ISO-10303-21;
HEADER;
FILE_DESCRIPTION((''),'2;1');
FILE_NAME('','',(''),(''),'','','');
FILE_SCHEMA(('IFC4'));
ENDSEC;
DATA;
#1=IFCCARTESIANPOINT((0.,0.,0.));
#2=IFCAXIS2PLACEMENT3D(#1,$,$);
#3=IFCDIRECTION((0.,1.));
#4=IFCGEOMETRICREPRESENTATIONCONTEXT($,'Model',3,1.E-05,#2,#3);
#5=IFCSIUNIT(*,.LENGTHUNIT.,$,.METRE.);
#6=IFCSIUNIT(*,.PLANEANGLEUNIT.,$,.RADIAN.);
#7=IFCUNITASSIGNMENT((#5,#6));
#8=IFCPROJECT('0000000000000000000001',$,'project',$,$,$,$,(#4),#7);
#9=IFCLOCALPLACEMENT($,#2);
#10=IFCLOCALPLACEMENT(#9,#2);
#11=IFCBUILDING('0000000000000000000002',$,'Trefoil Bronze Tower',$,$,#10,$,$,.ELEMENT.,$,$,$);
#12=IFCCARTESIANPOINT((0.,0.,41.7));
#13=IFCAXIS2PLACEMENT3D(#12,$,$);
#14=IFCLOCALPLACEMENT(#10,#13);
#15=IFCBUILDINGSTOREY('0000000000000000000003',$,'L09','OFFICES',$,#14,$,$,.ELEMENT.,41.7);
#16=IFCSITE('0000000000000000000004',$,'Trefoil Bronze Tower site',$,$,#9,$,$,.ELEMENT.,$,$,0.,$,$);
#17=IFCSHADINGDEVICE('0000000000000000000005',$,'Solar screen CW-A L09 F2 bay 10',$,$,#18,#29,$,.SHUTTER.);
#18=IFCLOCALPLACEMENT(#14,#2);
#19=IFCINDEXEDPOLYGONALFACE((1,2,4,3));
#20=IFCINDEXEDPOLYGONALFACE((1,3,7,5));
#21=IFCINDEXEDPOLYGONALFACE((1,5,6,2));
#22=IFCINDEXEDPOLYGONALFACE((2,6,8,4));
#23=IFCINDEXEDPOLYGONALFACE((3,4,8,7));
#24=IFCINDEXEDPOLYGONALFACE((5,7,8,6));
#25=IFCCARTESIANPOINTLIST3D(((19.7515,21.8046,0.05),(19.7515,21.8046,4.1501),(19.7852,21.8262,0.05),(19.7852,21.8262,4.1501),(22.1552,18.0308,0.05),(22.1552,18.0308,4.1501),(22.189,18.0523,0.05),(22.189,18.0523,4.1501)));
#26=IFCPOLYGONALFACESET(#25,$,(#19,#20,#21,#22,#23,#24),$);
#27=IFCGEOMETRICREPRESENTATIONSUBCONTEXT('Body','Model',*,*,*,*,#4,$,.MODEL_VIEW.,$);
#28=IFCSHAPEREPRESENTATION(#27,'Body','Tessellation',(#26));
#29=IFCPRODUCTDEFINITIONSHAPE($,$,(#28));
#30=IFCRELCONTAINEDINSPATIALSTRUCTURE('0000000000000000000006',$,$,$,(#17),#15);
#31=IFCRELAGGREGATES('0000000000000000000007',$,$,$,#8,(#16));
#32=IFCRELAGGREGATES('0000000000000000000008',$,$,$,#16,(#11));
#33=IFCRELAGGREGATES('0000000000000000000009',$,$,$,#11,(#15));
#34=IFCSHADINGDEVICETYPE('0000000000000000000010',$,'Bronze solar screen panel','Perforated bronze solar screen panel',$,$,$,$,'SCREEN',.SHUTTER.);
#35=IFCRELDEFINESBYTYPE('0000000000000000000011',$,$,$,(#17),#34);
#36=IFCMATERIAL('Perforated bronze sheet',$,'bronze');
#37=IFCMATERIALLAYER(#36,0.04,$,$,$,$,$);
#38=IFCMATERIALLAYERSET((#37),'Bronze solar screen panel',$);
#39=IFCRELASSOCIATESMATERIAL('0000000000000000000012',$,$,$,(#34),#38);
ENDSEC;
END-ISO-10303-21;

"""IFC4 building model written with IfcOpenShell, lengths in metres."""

from ifc_helpers import new_model, si_unit, direction, frame, origin, origin_2d, place, context, subcontext, project, spatial, rectangle, extrude, material, layer, layer_set, type_object, element, save


model = new_model("IFC4")

# Units and contexts
model_context = context("Model", 3, precision=1e-05, world=origin(), true_north=direction((0.0, 1.0)))
body_context = subcontext(model_context, "Body", "Model", "MODEL_VIEW")
ifc_project = project(units=[si_unit("LENGTHUNIT", "METRE"), si_unit("PLANEANGLEUNIT", "RADIAN")], contexts=[model_context])

# Site, building, storey
site_placement = place(None, origin())
site = spatial("IfcSite", under=ifc_project, at=site_placement, Name="Trefoil Bronze Tower site", CompositionType="ELEMENT", RefElevation=0.0)
building_placement = place(site_placement, origin())
building = spatial("IfcBuilding", under=site, at=building_placement, Name="Trefoil Bronze Tower", CompositionType="ELEMENT")
storey_placement = place(building_placement, frame((0.0, 0.0, 41.7)))
storey = spatial("IfcBuildingStorey", under=building, at=storey_placement, Name="L09", Description="OFFICES", CompositionType="ELEMENT", Elevation=41.7)

# Shading device
ifc_material_1 = material(Name="Perforated bronze sheet", Category="bronze")
ifc_layer_1 = layer(ifc_material_1, 0.04)
ifc_layer_set_1 = layer_set([ifc_layer_1], Name="Bronze solar screen panel")
shading_device_type = type_object("IfcShadingDeviceType", Name="Bronze solar screen panel", Description="Perforated bronze solar screen panel", ElementType="SCREEN", PredefinedType="SHUTTER", material=ifc_layer_set_1)
shading_device_placement = place(storey_placement, frame((20.9702, 19.9285, 0.05), z_axis=(0.0, 0.0, 1.0), x_axis=(-0.537222, 0.843441, 0.0)))
element("IfcShadingDevice", 1, at=shading_device_placement, inside=storey, type_object=shading_device_type, Name="Solar screen CW-A L09 F2 bay 10", PredefinedType="SHUTTER", context=body_context, shape_type="SweptSolid", body=[
    extrude(rectangle(XDim=4.4744, YDim=0.04, at=origin_2d()), origin(), (0.0, 0.0, 1.0), 4.1001),
])

save(model, "model.ifc")
